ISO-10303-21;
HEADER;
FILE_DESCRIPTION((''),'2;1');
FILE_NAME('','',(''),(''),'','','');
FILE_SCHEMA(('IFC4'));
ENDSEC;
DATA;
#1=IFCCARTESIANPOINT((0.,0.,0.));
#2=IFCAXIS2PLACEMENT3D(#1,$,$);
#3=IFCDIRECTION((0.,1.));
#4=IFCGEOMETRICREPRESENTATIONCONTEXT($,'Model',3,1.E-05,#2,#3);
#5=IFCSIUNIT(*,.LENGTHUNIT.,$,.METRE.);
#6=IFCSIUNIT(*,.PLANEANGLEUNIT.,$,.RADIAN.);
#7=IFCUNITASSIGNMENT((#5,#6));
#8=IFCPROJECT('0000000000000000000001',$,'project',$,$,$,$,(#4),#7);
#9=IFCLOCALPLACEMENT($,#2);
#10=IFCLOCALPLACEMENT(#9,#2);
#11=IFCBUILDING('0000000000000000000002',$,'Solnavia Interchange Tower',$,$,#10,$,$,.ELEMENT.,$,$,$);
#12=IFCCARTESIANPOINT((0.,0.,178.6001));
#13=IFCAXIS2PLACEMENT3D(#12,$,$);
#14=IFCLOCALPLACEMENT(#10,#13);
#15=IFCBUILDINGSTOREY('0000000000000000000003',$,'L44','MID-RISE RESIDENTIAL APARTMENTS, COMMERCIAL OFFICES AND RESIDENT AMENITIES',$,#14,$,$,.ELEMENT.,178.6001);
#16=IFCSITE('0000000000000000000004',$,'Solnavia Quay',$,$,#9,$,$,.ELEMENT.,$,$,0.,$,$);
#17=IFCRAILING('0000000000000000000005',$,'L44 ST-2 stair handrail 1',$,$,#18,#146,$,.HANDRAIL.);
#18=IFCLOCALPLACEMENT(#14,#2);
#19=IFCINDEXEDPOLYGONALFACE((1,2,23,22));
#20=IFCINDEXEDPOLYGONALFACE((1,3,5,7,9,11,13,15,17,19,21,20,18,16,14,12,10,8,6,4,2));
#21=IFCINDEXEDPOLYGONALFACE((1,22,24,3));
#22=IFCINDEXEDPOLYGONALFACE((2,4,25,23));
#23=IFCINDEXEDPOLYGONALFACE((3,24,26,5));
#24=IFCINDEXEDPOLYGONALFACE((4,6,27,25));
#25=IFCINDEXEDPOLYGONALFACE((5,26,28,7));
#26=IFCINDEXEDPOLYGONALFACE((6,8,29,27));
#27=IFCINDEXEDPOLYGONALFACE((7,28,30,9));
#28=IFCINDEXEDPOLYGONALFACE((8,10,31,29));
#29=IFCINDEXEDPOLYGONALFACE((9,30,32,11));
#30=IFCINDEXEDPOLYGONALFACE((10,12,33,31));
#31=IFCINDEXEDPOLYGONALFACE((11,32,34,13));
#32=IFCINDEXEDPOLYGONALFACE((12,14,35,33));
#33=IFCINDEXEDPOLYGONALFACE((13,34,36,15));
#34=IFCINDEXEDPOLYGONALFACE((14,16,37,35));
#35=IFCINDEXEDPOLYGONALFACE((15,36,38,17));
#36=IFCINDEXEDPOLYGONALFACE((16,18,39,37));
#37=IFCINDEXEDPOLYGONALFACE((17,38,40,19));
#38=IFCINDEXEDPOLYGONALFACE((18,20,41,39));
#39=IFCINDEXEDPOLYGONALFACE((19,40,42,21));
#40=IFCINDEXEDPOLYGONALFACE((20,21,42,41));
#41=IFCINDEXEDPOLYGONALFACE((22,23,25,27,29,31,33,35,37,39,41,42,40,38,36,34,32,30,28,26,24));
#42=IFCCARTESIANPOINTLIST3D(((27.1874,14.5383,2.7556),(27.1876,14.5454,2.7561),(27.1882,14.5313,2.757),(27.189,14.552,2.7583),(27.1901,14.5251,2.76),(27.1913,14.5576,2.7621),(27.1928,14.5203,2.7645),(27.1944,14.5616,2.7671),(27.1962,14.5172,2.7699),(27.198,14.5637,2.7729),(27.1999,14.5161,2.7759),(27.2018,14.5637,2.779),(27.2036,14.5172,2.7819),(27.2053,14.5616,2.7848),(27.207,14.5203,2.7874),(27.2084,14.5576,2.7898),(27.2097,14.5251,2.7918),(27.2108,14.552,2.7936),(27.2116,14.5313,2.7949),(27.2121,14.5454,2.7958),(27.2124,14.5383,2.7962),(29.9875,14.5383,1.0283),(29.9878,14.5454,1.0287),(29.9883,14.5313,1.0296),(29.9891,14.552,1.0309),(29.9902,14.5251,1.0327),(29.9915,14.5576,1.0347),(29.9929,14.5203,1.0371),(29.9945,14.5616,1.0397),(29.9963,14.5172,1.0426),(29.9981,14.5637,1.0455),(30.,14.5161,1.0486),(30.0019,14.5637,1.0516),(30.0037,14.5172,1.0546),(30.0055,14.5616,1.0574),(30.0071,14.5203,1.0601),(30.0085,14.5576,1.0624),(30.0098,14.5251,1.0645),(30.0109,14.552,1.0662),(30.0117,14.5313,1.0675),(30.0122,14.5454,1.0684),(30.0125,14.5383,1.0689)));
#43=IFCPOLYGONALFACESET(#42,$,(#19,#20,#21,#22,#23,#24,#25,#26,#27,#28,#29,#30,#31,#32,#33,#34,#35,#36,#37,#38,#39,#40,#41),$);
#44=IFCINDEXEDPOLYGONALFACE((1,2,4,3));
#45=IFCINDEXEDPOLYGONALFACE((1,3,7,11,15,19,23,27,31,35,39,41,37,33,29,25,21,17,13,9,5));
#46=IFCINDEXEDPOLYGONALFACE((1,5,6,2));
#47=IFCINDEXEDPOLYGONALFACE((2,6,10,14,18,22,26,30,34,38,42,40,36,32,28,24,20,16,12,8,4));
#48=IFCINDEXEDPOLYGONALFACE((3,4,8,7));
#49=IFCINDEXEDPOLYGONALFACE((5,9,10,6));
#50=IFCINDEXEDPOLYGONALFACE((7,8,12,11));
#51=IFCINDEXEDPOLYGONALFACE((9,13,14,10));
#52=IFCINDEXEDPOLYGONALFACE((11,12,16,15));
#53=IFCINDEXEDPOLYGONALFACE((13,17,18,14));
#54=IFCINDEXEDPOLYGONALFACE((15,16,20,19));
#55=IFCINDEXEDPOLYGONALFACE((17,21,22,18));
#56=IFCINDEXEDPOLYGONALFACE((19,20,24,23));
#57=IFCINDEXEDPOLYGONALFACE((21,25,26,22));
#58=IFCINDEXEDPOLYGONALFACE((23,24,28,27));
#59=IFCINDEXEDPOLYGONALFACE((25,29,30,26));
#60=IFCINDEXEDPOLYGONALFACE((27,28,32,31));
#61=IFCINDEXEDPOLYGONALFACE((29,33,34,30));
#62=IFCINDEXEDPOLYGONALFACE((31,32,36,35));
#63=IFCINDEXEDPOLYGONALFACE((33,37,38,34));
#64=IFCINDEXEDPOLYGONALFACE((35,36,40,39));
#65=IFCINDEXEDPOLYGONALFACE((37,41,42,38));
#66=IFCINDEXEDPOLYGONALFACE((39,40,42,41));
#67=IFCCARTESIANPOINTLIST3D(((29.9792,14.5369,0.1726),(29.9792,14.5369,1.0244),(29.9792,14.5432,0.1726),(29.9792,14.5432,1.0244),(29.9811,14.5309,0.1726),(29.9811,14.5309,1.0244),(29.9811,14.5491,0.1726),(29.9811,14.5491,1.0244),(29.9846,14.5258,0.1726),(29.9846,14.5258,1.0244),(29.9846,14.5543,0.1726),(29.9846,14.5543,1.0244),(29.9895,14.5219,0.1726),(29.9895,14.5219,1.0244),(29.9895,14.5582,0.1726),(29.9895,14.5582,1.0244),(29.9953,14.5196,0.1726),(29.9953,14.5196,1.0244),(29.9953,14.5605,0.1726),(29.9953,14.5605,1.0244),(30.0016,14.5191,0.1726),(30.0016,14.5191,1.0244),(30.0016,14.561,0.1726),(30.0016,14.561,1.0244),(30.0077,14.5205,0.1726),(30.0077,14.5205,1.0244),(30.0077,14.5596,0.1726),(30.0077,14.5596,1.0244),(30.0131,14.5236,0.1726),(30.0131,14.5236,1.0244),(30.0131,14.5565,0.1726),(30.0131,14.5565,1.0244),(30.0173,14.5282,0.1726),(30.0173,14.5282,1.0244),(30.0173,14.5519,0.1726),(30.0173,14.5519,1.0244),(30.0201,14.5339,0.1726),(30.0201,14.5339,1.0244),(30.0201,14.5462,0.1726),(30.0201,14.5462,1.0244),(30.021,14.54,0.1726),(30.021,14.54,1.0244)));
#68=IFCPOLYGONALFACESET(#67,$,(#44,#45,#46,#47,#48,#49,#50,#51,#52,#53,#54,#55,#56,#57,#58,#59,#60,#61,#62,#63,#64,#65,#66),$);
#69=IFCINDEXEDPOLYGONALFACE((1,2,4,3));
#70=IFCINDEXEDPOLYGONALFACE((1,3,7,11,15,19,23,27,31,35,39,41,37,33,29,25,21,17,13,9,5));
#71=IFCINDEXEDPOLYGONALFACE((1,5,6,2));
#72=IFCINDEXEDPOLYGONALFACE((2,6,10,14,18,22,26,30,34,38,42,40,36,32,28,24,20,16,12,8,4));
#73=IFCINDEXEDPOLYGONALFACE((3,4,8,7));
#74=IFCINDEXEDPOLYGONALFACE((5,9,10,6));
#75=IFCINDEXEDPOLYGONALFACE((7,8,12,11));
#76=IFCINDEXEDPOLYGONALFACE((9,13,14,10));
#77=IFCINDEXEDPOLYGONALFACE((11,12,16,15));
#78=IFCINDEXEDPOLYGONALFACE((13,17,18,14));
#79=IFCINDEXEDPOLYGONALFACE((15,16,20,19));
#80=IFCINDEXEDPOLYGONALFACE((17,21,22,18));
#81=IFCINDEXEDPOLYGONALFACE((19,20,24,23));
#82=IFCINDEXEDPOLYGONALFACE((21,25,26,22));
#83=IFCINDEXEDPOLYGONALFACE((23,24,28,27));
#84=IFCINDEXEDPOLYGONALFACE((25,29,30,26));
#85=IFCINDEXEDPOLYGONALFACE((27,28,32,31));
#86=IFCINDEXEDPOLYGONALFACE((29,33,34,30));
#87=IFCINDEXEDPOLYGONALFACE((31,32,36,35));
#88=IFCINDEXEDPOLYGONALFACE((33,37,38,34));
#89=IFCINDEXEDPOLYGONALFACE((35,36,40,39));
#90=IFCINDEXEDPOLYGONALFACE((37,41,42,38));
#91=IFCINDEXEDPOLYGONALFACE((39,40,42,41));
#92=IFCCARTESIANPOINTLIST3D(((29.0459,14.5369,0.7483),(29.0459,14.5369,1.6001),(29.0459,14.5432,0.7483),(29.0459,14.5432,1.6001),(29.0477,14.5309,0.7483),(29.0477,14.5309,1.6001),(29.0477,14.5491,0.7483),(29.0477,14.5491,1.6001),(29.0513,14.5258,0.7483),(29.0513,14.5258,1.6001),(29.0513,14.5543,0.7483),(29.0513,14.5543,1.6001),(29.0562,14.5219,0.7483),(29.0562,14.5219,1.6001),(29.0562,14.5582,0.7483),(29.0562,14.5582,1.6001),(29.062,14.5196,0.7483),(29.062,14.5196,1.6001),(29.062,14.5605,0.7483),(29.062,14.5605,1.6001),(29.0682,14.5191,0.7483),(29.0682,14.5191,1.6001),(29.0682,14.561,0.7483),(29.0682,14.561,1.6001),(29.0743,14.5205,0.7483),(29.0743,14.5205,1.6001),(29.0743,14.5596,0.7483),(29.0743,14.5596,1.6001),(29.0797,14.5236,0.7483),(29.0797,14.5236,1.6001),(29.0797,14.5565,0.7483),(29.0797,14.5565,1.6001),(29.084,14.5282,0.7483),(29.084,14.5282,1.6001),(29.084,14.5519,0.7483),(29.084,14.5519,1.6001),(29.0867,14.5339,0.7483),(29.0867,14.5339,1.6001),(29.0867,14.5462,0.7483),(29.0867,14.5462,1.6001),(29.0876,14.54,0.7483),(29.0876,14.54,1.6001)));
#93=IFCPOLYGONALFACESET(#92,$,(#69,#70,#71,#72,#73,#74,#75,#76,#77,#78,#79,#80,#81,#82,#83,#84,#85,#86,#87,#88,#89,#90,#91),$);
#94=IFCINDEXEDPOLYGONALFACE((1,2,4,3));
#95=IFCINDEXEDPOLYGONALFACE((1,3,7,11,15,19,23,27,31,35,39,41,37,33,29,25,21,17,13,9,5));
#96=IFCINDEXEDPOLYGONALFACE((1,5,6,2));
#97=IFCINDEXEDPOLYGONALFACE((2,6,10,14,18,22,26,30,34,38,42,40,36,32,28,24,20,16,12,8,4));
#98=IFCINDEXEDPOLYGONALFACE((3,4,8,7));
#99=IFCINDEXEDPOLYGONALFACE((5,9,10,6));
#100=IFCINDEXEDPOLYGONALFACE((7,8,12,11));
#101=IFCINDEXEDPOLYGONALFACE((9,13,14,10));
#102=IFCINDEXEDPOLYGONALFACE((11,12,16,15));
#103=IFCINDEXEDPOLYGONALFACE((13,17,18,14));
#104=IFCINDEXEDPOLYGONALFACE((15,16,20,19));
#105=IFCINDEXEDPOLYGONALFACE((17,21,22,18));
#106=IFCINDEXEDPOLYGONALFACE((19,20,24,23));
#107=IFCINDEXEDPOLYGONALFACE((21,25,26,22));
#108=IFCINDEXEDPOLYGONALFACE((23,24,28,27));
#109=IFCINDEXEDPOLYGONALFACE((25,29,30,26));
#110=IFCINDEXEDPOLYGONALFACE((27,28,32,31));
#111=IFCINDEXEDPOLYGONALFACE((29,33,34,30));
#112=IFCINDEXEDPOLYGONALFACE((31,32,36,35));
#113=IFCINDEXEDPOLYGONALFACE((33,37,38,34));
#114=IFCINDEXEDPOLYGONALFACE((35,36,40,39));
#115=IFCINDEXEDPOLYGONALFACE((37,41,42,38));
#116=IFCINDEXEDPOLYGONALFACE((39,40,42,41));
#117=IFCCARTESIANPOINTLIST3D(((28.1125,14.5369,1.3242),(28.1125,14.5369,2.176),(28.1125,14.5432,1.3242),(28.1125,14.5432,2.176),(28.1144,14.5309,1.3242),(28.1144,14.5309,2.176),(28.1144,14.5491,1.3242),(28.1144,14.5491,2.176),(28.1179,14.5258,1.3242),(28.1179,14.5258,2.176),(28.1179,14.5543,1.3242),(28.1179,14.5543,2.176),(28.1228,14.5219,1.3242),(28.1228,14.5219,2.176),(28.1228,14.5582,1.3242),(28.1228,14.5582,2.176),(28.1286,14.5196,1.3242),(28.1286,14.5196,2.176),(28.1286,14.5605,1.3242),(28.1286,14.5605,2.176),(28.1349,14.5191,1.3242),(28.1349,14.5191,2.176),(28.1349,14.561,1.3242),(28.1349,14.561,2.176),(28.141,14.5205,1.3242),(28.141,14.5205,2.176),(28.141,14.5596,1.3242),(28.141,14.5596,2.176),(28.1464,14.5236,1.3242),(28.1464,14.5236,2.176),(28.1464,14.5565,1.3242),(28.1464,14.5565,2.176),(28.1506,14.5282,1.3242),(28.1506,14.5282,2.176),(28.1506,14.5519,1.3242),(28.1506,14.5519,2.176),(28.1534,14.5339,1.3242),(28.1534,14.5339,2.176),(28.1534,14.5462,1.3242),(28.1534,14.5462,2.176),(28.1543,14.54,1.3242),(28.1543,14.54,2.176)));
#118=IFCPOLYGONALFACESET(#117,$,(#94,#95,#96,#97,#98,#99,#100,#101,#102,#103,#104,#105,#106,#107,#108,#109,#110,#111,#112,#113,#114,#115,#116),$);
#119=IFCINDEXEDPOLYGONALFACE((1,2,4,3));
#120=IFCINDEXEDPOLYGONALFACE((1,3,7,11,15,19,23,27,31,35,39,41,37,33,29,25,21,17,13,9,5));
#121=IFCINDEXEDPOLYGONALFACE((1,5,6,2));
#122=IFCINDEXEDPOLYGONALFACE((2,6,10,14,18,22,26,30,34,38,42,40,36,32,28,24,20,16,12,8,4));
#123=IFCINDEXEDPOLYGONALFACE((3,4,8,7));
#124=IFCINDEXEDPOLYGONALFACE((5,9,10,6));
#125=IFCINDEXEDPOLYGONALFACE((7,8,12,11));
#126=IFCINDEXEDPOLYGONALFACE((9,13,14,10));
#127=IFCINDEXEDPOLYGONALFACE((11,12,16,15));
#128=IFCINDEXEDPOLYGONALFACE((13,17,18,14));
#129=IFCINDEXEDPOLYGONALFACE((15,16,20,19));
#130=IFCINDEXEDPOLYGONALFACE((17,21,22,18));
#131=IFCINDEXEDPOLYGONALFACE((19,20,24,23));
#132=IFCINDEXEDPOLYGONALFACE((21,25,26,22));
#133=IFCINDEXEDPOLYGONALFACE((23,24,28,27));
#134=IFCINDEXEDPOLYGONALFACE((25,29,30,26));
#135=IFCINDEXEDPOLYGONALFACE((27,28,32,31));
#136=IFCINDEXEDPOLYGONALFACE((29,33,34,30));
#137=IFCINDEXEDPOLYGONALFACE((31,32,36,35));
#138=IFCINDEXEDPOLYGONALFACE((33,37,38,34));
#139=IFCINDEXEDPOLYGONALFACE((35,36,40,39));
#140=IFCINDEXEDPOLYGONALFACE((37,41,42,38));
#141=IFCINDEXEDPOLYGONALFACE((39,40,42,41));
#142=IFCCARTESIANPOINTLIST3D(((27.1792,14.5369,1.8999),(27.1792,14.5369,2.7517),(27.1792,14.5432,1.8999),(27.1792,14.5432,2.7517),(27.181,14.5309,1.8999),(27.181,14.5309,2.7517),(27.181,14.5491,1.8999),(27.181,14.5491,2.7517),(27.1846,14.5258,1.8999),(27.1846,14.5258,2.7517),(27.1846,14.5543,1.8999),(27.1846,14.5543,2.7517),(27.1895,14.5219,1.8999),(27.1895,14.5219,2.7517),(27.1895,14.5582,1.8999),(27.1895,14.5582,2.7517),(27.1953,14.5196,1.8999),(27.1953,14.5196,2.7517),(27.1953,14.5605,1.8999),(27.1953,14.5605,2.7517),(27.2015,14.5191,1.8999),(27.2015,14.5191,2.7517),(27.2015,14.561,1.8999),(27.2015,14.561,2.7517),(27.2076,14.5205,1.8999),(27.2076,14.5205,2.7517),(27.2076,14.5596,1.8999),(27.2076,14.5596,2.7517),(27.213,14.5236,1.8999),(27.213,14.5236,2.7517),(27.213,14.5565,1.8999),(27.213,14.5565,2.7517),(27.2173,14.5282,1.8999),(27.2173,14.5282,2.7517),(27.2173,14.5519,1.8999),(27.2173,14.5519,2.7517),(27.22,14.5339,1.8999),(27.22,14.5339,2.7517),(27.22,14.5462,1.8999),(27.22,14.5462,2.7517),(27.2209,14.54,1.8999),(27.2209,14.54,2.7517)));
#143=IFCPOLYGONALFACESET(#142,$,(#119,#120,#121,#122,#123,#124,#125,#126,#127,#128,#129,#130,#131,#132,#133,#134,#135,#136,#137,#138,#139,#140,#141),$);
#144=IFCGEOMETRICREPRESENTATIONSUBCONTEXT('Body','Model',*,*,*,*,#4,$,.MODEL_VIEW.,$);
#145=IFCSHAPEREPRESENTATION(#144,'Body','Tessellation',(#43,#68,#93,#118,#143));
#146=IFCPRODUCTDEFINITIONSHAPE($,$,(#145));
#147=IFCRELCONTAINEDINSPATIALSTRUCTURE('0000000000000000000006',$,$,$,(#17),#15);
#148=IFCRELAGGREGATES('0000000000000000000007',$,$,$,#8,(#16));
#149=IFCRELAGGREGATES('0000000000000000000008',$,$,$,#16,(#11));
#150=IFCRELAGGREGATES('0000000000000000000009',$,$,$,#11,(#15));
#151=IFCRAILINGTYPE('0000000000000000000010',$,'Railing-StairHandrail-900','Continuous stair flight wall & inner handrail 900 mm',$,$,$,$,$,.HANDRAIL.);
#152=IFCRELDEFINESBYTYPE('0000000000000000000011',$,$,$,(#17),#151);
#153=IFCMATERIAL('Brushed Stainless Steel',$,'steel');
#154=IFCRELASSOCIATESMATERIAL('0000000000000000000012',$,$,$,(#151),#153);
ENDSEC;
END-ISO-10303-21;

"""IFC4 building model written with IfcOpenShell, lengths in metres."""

from ifc_helpers import new_model, si_unit, direction, frame, origin, origin_2d, place, context, subcontext, project, spatial, circle, extrude, material, type_object, element, save


model = new_model("IFC4")

# Units and contexts
model_context = context("Model", 3, precision=1e-05, world=origin(), true_north=direction((0.0, 1.0)))
body_context = subcontext(model_context, "Body", "Model", "MODEL_VIEW")
ifc_project = project(units=[si_unit("LENGTHUNIT", "METRE"), si_unit("PLANEANGLEUNIT", "RADIAN")], contexts=[model_context])

# Site, building, storey
site_placement = place(None, origin())
site = spatial("IfcSite", under=ifc_project, at=site_placement, Name="Solnavia Quay", CompositionType="ELEMENT", RefElevation=0.0)
building_placement = place(site_placement, origin())
building = spatial("IfcBuilding", under=site, at=building_placement, Name="Solnavia Interchange Tower", CompositionType="ELEMENT")
storey_placement = place(building_placement, frame((0.0, 0.0, 178.6001)))
storey = spatial("IfcBuildingStorey", under=building, at=storey_placement, Name="L44", Description="MID-RISE RESIDENTIAL APARTMENTS, COMMERCIAL OFFICES AND RESIDENT AMENITIES", CompositionType="ELEMENT", Elevation=178.6001)

# Railing
ifc_material_1 = material(Name="Brushed Stainless Steel", Category="steel")
railing_type_1 = type_object("IfcRailingType", Name="Railing-StairHandrail-900", Description="Continuous stair flight wall & inner handrail 900 mm", PredefinedType="HANDRAIL", material=ifc_material_1)
railing_1_placement = place(storey_placement, frame((30.0, 14.54, 0.1726)))
element("IfcRailing", 1, at=railing_1_placement, inside=storey, type_object=railing_type_1, Name="L44 ST-2 stair handrail 1", PredefinedType="HANDRAIL", context=body_context, shape_type="SweptSolid", body=[
    extrude(circle(Radius=0.0239, at=origin_2d()), frame((0.0, 0.0, 0.876), z_axis=(-0.85109, 0.0, 0.52502), x_axis=(0.0, -1.0, 0.0)), (0.0, 0.0, 1.0), 3.29),
    extrude(circle(Radius=0.021, at=origin_2d()), origin(), (0.0, 0.0, 1.0), 0.8518),
    extrude(circle(Radius=0.021, at=origin_2d()), frame((-0.9333, 0.0, 0.5757)), (0.0, 0.0, 1.0), 0.8518),
    extrude(circle(Radius=0.021, at=origin_2d()), frame((-1.8667, 0.0, 1.1516)), (0.0, 0.0, 1.0), 0.8518),
    extrude(circle(Radius=0.021, at=origin_2d()), frame((-2.8, 0.0, 1.7273)), (0.0, 0.0, 1.0), 0.8518),
])

save(model, "model.ifc")
